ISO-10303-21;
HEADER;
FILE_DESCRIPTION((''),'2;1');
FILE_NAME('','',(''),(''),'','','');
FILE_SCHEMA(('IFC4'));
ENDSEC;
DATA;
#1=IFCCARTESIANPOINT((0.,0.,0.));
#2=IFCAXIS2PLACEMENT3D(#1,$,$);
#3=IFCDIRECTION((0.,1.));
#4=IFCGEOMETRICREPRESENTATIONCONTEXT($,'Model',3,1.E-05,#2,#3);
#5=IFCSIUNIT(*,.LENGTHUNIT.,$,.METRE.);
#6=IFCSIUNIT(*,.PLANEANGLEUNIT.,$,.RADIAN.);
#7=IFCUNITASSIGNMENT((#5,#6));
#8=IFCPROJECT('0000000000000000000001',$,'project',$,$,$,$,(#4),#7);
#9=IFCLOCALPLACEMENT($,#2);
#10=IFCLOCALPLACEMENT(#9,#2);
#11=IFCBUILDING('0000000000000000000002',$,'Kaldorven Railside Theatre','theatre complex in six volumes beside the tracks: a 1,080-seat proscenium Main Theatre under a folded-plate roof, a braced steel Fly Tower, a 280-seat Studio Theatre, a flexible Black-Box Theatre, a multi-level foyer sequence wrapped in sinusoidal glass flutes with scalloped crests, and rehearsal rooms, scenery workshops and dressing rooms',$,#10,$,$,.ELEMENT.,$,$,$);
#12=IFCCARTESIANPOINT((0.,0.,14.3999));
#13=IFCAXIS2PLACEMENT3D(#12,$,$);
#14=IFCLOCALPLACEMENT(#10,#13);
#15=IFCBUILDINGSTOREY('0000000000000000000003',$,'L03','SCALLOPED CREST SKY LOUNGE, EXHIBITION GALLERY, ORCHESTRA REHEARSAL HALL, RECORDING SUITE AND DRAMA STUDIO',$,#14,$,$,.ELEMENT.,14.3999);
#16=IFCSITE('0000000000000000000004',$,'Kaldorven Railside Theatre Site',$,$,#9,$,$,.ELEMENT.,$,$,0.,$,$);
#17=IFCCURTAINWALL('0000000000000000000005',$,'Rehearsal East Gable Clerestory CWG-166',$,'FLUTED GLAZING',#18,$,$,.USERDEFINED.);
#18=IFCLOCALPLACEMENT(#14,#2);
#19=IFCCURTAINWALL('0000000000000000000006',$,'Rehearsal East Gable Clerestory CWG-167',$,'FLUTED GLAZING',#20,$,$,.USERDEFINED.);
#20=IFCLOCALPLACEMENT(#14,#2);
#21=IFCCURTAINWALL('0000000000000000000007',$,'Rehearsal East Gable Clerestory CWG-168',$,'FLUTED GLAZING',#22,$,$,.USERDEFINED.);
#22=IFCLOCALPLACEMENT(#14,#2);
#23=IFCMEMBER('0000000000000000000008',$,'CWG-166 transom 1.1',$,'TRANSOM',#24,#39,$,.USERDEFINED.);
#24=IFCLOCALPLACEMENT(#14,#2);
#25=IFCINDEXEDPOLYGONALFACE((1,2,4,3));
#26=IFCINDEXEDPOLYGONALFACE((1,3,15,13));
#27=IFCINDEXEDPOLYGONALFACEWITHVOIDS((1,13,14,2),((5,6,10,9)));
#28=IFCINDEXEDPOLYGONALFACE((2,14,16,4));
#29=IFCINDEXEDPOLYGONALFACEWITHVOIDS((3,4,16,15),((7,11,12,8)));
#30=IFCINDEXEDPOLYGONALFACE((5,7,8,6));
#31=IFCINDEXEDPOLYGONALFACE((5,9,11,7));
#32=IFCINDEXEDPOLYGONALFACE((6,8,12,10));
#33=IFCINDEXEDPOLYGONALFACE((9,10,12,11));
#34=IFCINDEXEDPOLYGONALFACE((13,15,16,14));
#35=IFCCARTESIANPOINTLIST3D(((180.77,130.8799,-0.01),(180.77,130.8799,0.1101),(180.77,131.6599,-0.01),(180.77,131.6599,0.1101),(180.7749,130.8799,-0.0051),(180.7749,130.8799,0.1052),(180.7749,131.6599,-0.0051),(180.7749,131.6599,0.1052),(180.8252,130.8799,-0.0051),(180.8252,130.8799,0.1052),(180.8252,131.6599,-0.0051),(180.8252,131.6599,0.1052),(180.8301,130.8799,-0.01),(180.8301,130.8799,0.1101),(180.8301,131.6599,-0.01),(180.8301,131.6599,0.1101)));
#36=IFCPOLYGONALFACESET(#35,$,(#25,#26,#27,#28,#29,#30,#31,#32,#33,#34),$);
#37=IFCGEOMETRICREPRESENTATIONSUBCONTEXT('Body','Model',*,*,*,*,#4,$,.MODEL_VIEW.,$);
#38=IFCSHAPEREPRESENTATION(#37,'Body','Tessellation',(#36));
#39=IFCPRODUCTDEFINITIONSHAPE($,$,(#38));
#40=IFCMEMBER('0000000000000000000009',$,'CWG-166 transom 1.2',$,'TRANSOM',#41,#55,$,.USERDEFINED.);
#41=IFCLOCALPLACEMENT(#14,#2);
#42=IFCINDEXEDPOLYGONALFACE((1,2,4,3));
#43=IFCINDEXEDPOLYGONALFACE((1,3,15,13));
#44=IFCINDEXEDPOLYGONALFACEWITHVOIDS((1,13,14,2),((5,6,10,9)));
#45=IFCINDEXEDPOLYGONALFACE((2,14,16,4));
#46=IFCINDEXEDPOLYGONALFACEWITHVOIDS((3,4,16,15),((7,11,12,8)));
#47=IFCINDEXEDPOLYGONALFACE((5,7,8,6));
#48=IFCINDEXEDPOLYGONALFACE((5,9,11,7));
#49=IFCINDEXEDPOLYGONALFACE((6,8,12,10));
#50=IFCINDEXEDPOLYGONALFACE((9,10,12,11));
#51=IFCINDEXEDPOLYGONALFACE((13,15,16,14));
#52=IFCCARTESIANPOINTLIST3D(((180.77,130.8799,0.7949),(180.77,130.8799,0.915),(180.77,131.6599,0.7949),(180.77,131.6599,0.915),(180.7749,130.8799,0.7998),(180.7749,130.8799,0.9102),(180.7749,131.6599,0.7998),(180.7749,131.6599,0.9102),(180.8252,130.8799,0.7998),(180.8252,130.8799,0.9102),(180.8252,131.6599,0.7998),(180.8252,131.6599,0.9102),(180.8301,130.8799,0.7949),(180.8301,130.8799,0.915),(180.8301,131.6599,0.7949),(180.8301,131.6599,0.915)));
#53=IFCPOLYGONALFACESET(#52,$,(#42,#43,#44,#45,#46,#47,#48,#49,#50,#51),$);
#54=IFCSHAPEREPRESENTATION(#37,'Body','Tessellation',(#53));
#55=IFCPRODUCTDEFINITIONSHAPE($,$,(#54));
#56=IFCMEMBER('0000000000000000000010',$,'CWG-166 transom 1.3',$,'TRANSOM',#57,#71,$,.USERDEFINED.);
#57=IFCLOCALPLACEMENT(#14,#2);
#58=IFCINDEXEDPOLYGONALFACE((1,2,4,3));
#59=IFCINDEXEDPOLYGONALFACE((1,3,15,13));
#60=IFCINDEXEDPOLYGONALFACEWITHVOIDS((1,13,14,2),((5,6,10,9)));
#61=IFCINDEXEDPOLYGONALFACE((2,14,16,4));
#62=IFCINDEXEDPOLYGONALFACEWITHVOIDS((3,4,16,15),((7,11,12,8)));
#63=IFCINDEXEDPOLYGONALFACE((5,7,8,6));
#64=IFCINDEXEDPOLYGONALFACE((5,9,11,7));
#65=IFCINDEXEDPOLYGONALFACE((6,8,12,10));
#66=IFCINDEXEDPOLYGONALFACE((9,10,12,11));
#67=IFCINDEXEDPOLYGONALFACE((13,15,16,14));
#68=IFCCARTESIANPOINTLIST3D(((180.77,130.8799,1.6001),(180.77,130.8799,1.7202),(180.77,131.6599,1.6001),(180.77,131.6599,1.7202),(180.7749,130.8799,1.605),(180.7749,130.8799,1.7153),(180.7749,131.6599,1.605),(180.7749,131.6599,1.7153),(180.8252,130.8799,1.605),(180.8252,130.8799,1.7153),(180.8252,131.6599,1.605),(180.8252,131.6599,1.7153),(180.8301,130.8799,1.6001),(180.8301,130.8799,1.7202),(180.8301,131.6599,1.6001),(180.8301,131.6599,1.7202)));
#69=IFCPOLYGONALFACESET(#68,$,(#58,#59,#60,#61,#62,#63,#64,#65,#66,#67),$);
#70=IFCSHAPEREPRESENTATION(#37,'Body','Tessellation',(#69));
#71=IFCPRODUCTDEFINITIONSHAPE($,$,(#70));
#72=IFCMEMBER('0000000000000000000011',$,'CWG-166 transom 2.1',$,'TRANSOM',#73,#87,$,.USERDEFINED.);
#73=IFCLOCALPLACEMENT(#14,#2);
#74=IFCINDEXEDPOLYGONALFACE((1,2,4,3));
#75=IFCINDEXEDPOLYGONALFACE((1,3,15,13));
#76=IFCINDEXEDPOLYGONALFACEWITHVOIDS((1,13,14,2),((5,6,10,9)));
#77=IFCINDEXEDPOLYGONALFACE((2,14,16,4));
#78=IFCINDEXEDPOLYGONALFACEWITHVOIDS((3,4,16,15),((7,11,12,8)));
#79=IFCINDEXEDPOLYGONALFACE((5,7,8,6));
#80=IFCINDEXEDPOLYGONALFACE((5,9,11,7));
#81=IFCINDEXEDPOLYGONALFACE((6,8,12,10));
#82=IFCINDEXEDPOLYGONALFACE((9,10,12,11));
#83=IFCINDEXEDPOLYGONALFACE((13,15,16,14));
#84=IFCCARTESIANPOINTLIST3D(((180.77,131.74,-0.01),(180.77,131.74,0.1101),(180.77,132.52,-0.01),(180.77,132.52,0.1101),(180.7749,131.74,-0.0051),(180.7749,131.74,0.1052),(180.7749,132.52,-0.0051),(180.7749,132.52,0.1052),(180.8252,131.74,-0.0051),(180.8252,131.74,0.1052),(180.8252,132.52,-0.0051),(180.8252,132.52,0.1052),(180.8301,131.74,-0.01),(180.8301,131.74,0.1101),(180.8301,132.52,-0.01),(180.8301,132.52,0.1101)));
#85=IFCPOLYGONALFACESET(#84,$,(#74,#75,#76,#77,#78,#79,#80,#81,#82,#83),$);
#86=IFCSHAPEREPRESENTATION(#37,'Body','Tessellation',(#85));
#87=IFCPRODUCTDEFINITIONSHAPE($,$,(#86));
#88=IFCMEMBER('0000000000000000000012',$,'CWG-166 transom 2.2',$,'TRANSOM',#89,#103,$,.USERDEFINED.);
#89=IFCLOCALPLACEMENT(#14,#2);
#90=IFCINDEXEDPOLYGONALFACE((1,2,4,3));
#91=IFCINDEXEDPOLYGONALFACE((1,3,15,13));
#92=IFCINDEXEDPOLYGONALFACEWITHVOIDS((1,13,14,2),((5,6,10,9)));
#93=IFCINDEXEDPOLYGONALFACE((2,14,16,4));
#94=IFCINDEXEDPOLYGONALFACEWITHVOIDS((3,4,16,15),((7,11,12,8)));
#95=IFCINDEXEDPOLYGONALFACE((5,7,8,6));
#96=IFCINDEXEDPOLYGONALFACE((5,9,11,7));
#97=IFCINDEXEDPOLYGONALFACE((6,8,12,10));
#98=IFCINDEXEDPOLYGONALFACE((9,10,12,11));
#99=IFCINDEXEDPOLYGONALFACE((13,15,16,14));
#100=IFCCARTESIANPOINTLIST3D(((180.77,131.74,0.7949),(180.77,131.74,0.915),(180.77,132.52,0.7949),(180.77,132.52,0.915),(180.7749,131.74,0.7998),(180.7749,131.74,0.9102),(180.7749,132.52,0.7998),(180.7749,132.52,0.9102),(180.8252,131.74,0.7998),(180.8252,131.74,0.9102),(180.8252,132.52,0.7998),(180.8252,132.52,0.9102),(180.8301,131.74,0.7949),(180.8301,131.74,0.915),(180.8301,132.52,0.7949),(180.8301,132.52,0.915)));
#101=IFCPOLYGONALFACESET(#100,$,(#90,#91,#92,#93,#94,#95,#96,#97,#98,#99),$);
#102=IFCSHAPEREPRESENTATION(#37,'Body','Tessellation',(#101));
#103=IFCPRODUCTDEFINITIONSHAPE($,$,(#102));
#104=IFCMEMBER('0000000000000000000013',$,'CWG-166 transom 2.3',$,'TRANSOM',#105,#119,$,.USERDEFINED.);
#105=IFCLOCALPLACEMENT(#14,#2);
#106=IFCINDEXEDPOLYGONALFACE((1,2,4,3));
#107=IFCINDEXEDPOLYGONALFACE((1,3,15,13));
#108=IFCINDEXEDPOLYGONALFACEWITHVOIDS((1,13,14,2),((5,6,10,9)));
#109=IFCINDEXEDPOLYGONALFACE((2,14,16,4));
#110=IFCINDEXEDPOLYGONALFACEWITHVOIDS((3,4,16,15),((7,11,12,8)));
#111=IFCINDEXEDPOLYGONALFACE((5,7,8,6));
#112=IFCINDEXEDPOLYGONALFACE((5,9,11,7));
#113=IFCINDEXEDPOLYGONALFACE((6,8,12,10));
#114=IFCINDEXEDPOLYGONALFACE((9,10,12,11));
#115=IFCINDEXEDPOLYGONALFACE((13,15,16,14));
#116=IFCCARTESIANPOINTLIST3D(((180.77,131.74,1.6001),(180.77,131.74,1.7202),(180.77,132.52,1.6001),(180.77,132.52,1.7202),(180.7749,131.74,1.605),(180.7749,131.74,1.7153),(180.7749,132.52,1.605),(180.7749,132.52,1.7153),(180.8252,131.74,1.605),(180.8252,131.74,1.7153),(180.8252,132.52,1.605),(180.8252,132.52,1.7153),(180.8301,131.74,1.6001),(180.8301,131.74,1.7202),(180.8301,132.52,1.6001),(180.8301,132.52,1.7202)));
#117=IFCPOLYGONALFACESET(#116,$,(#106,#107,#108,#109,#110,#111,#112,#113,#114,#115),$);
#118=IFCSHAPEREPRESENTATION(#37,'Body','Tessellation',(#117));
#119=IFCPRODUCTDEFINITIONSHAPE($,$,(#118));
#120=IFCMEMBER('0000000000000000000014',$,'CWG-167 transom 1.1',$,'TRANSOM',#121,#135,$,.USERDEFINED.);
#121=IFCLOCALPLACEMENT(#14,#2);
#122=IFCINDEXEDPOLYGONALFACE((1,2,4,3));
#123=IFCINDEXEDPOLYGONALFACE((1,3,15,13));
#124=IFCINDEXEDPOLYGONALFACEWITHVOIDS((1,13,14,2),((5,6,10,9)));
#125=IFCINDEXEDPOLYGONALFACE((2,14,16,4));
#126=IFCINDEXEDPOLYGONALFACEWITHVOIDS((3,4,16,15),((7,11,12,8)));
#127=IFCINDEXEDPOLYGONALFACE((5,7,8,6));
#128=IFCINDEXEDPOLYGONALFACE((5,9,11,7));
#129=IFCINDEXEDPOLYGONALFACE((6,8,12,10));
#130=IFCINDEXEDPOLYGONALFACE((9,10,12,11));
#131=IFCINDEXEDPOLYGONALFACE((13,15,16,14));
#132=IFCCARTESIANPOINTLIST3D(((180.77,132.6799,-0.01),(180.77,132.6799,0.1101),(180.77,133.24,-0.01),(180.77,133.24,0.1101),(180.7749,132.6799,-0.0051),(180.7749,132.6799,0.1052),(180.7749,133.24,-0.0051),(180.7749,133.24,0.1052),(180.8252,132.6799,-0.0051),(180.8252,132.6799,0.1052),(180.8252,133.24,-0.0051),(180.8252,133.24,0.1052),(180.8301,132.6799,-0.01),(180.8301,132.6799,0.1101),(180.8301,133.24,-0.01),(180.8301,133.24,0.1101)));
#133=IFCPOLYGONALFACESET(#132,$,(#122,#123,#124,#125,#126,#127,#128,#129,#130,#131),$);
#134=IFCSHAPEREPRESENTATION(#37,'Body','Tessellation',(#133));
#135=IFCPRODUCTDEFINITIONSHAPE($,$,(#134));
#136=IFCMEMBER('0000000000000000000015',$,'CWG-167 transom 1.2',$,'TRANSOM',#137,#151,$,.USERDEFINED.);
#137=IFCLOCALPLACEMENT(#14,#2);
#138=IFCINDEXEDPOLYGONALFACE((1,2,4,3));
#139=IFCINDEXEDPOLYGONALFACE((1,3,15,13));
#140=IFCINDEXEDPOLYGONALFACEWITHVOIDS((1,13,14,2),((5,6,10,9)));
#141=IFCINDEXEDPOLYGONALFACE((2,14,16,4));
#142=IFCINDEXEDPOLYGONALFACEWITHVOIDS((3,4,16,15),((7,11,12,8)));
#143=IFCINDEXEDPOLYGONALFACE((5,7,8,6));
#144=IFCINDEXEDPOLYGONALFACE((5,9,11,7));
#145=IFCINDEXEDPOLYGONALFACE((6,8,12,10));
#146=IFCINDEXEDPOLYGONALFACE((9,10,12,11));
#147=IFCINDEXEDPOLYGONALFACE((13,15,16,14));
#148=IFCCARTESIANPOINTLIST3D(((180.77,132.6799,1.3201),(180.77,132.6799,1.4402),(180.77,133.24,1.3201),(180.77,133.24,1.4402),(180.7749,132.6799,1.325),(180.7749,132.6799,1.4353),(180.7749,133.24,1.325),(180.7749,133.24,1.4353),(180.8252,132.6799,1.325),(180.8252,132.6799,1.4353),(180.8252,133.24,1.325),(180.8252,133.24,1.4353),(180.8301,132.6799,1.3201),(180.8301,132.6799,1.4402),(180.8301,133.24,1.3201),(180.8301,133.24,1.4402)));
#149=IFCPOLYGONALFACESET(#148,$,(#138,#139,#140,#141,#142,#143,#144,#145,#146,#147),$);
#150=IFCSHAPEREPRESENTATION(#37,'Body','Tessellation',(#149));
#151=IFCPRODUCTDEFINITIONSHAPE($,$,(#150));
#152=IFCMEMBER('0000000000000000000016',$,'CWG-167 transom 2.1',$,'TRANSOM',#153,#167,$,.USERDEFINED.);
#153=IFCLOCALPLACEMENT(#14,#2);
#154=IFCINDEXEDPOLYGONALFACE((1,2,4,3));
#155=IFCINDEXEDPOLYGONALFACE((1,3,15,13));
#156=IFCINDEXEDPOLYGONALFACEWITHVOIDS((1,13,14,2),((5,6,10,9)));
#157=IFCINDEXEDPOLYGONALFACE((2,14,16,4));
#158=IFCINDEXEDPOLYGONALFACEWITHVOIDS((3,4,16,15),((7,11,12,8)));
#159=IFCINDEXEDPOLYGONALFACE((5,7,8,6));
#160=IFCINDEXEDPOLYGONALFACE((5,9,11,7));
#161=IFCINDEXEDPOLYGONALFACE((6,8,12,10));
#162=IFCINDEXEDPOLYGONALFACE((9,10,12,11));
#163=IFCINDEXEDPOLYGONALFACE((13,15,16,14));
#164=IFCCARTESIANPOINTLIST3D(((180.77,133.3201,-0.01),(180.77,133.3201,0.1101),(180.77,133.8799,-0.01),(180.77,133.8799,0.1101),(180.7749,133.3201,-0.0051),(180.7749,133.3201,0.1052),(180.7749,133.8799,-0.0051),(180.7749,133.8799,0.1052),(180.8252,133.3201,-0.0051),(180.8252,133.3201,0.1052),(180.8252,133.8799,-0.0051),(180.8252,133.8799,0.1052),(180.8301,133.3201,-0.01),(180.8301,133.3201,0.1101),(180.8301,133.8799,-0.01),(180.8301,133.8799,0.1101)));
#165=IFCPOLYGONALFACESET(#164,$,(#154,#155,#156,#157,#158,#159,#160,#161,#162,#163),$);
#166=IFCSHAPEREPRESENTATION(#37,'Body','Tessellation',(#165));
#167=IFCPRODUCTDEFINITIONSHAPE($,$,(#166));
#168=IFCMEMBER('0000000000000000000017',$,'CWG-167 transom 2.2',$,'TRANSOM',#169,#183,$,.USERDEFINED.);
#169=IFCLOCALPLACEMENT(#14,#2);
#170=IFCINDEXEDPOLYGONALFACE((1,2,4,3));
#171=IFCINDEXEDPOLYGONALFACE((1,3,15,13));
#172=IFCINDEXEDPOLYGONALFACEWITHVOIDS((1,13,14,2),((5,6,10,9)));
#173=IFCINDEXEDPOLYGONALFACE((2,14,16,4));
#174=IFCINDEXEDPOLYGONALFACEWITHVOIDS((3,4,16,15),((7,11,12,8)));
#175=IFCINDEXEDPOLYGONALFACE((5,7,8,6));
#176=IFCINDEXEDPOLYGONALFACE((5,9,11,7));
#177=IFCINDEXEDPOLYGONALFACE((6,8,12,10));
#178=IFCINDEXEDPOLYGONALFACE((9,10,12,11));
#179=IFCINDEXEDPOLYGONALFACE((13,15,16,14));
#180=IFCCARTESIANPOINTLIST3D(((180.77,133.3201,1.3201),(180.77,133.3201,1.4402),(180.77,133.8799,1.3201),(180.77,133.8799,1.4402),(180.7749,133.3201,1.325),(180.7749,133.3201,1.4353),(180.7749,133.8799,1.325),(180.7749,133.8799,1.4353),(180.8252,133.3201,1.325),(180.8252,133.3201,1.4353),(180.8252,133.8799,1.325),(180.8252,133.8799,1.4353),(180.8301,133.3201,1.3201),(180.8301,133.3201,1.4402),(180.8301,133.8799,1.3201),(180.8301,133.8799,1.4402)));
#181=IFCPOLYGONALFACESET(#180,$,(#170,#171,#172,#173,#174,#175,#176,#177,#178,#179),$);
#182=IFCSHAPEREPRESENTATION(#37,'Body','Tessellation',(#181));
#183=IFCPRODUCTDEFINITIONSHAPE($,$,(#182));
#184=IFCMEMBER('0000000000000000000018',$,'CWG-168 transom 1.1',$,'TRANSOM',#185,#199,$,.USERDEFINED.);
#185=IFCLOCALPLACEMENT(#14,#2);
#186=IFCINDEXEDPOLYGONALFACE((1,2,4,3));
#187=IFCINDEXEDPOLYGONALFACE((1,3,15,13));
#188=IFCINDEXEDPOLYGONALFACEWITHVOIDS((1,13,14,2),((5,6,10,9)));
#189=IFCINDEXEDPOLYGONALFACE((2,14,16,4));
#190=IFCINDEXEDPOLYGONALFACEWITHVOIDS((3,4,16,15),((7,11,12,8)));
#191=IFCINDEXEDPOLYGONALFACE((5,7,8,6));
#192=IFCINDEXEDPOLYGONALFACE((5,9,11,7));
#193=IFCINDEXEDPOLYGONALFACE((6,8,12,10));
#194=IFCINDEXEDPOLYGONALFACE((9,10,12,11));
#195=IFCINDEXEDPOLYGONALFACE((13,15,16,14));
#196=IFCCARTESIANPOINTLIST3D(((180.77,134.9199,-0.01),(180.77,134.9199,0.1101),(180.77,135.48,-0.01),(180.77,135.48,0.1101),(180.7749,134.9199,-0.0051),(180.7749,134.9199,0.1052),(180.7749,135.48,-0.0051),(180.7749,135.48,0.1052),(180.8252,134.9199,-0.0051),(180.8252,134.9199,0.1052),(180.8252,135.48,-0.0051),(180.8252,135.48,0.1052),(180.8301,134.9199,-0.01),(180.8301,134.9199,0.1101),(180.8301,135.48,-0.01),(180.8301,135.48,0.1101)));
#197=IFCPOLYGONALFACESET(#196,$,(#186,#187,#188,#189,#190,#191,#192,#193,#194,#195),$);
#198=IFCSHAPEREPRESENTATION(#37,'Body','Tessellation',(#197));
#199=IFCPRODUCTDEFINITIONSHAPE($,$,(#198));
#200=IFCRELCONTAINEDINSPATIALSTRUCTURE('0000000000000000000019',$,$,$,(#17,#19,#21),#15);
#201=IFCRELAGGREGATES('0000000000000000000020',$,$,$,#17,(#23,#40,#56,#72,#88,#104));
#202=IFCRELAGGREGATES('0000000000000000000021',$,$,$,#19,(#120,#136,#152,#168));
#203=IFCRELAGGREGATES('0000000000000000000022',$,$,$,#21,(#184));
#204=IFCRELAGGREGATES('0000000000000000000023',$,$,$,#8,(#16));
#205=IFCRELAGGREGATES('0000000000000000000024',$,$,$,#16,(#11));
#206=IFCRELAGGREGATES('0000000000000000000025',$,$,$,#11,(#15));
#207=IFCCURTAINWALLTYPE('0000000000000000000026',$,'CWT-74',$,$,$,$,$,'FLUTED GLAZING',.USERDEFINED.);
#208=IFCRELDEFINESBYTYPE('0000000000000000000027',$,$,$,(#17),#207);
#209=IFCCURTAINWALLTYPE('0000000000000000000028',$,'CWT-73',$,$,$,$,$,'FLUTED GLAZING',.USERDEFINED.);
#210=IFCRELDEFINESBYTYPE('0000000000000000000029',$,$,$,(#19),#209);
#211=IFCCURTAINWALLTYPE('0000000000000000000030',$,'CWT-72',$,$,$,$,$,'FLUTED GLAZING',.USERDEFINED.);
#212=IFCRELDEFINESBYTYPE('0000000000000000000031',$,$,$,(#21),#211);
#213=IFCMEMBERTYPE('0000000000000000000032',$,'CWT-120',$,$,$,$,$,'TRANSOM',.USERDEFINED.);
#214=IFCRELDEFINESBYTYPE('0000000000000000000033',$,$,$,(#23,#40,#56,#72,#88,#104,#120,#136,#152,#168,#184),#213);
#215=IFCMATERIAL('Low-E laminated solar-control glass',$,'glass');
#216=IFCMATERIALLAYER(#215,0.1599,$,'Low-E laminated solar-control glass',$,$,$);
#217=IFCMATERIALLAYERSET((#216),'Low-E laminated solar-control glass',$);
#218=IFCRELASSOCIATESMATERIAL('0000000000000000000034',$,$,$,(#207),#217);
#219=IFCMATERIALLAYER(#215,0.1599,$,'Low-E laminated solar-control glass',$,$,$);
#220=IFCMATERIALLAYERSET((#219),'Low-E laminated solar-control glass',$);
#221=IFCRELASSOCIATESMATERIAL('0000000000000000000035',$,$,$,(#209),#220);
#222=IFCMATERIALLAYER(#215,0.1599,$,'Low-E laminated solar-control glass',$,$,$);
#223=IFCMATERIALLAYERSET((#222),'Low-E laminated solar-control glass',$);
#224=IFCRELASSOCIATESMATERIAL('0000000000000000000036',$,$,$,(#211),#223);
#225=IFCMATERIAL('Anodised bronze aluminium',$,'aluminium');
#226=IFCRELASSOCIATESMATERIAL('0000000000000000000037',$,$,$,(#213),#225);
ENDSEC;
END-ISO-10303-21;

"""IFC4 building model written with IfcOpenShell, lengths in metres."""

from ifc_helpers import new_model, si_unit, direction, frame, origin, origin_2d, place, context, subcontext, project, spatial, hollow_rectangle, extrude, material, layer, layer_set, material_profile, profile_set, type_object, element, aggregate, save


model = new_model("IFC4")

# Units and contexts
model_context = context("Model", 3, precision=1e-05, world=origin(), true_north=direction((0.0, 1.0)))
body_context = subcontext(model_context, "Body", "Model", "MODEL_VIEW")
ifc_project = project(units=[si_unit("LENGTHUNIT", "METRE"), si_unit("PLANEANGLEUNIT", "RADIAN")], contexts=[model_context])

# Site, building, storey
site_placement = place(None, origin())
site = spatial("IfcSite", under=ifc_project, at=site_placement, Name="Kaldorven Railside Theatre Site", CompositionType="ELEMENT", RefElevation=0.0)
building_placement = place(site_placement, origin())
building = spatial("IfcBuilding", under=site, at=building_placement, Name="Kaldorven Railside Theatre", Description="theatre complex in six volumes beside the tracks: a 1,080-seat proscenium Main Theatre under a folded-plate roof, a braced steel Fly Tower, a 280-seat Studio Theatre, a flexible Black-Box Theatre, a multi-level foyer sequence wrapped in sinusoidal glass flutes with scalloped crests, and rehearsal rooms, scenery workshops and dressing rooms", CompositionType="ELEMENT")
storey_placement = place(building_placement, frame((0.0, 0.0, 14.3999)))
storey = spatial("IfcBuildingStorey", under=building, at=storey_placement, Name="L03", Description="SCALLOPED CREST SKY LOUNGE, EXHIBITION GALLERY, ORCHESTRA REHEARSAL HALL, RECORDING SUITE AND DRAMA STUDIO", CompositionType="ELEMENT", Elevation=14.3999)

# Curtain walls
ifc_material_1 = material(Name="Low-E laminated solar-control glass", Category="glass")
ifc_layer_1 = layer(ifc_material_1, 0.1599, Name="Low-E laminated solar-control glass")
ifc_layer_set_1 = layer_set([ifc_layer_1], Name="Low-E laminated solar-control glass")
curtain_wall_type_1 = type_object("IfcCurtainWallType", Name="CWT-74", ElementType="FLUTED GLAZING", PredefinedType="USERDEFINED", material=ifc_layer_set_1)
curtain_wall_1_placement = place(storey_placement, origin())
curtain_wall_1 = element("IfcCurtainWall", 1, at=curtain_wall_1_placement, inside=storey, type_object=curtain_wall_type_1, Name="Rehearsal East Gable Clerestory CWG-166", ObjectType="FLUTED GLAZING", PredefinedType="USERDEFINED")
ifc_material_2 = material(Name="Anodised bronze aluminium", Category="aluminium")
ifc_layer_2 = layer(ifc_material_1, 0.1599, Name="Low-E laminated solar-control glass")
ifc_layer_set_2 = layer_set([ifc_layer_2], Name="Low-E laminated solar-control glass")
curtain_wall_type_2 = type_object("IfcCurtainWallType", Name="CWT-73", ElementType="FLUTED GLAZING", PredefinedType="USERDEFINED", material=ifc_layer_set_2)
curtain_wall_2_placement = place(storey_placement, origin())
curtain_wall_2 = element("IfcCurtainWall", 2, at=curtain_wall_2_placement, inside=storey, type_object=curtain_wall_type_2, Name="Rehearsal East Gable Clerestory CWG-167", ObjectType="FLUTED GLAZING", PredefinedType="USERDEFINED")
ifc_layer_3 = layer(ifc_material_1, 0.1599, Name="Low-E laminated solar-control glass")
ifc_layer_set_3 = layer_set([ifc_layer_3], Name="Low-E laminated solar-control glass")
curtain_wall_type_3 = type_object("IfcCurtainWallType", Name="CWT-72", ElementType="FLUTED GLAZING", PredefinedType="USERDEFINED", material=ifc_layer_set_3)
curtain_wall_3_placement = place(storey_placement, origin())
curtain_wall_3 = element("IfcCurtainWall", 3, at=curtain_wall_3_placement, inside=storey, type_object=curtain_wall_type_3, Name="Rehearsal East Gable Clerestory CWG-168", ObjectType="FLUTED GLAZING", PredefinedType="USERDEFINED")

# Members
ifc_material_profile_1 = material_profile(ifc_material_2, hollow_rectangle(XDim=0.0601, YDim=0.1201, WallThickness=0.0049, at=origin_2d()), Name="RHS 120x60x5")
ifc_profile_set_1 = profile_set([ifc_material_profile_1], Name="Anodised bronze aluminium")
member_type_1 = type_object("IfcMemberType", Name="CWT-120", ElementType="TRANSOM", PredefinedType="USERDEFINED", material=ifc_profile_set_1)
member_1_placement = place(storey_placement, frame((180.8, 130.8799, 0.05), z_axis=(0.0, 1.0, 0.0), x_axis=(-1.0, 0.0, 0.0)))
member_1 = element("IfcMember", 4, at=member_1_placement, type_object=member_type_1, Name="CWG-166 transom 1.1", ObjectType="TRANSOM", PredefinedType="USERDEFINED", context=body_context, shape_type="SweptSolid", body=[
    extrude(hollow_rectangle(XDim=0.0601, YDim=0.1201, WallThickness=0.0049, at=origin_2d()), origin(), (0.0, 0.0, 1.0), 0.78),
])
member_2_placement = place(storey_placement, frame((180.8, 130.8799, 0.855), z_axis=(0.0, 1.0, 0.0), x_axis=(-1.0, 0.0, 0.0)))
member_2 = element("IfcMember", 5, at=member_2_placement, type_object=member_type_1, Name="CWG-166 transom 1.2", ObjectType="TRANSOM", PredefinedType="USERDEFINED", context=body_context, shape_type="SweptSolid", body=[
    extrude(hollow_rectangle(XDim=0.0601, YDim=0.1201, WallThickness=0.0049, at=origin_2d()), origin(), (0.0, 0.0, 1.0), 0.78),
])
member_3_placement = place(storey_placement, frame((180.8, 130.8799, 1.6602), z_axis=(0.0, 1.0, 0.0), x_axis=(-1.0, 0.0, 0.0)))
member_3 = element("IfcMember", 6, at=member_3_placement, type_object=member_type_1, Name="CWG-166 transom 1.3", ObjectType="TRANSOM", PredefinedType="USERDEFINED", context=body_context, shape_type="SweptSolid", body=[
    extrude(hollow_rectangle(XDim=0.0601, YDim=0.1201, WallThickness=0.0049, at=origin_2d()), origin(), (0.0, 0.0, 1.0), 0.78),
])
member_4_placement = place(storey_placement, frame((180.8, 131.74, 0.05), z_axis=(0.0, 1.0, 0.0), x_axis=(-1.0, 0.0, 0.0)))
member_4 = element("IfcMember", 7, at=member_4_placement, type_object=member_type_1, Name="CWG-166 transom 2.1", ObjectType="TRANSOM", PredefinedType="USERDEFINED", context=body_context, shape_type="SweptSolid", body=[
    extrude(hollow_rectangle(XDim=0.0601, YDim=0.1201, WallThickness=0.0049, at=origin_2d()), origin(), (0.0, 0.0, 1.0), 0.78),
])
member_5_placement = place(storey_placement, frame((180.8, 131.74, 0.855), z_axis=(0.0, 1.0, 0.0), x_axis=(-1.0, 0.0, 0.0)))
member_5 = element("IfcMember", 8, at=member_5_placement, type_object=member_type_1, Name="CWG-166 transom 2.2", ObjectType="TRANSOM", PredefinedType="USERDEFINED", context=body_context, shape_type="SweptSolid", body=[
    extrude(hollow_rectangle(XDim=0.0601, YDim=0.1201, WallThickness=0.0049, at=origin_2d()), origin(), (0.0, 0.0, 1.0), 0.78),
])
member_6_placement = place(storey_placement, frame((180.8, 131.74, 1.6602), z_axis=(0.0, 1.0, 0.0), x_axis=(-1.0, 0.0, 0.0)))
member_6 = element("IfcMember", 9, at=member_6_placement, type_object=member_type_1, Name="CWG-166 transom 2.3", ObjectType="TRANSOM", PredefinedType="USERDEFINED", context=body_context, shape_type="SweptSolid", body=[
    extrude(hollow_rectangle(XDim=0.0601, YDim=0.1201, WallThickness=0.0049, at=origin_2d()), origin(), (0.0, 0.0, 1.0), 0.78),
])
member_7_placement = place(storey_placement, frame((180.8, 132.6799, 0.05), z_axis=(0.0, 1.0, 0.0), x_axis=(-1.0, 0.0, 0.0)))
member_7 = element("IfcMember", 10, at=member_7_placement, type_object=member_type_1, Name="CWG-167 transom 1.1", ObjectType="TRANSOM", PredefinedType="USERDEFINED", context=body_context, shape_type="SweptSolid", body=[
    extrude(hollow_rectangle(XDim=0.0601, YDim=0.1201, WallThickness=0.0049, at=origin_2d()), origin(), (0.0, 0.0, 1.0), 0.5601),
])
member_8_placement = place(storey_placement, frame((180.8, 132.6799, 1.3801), z_axis=(0.0, 1.0, 0.0), x_axis=(-1.0, 0.0, 0.0)))
member_8 = element("IfcMember", 11, at=member_8_placement, type_object=member_type_1, Name="CWG-167 transom 1.2", ObjectType="TRANSOM", PredefinedType="USERDEFINED", context=body_context, shape_type="SweptSolid", body=[
    extrude(hollow_rectangle(XDim=0.0601, YDim=0.1201, WallThickness=0.0049, at=origin_2d()), origin(), (0.0, 0.0, 1.0), 0.5601),
])
member_9_placement = place(storey_placement, frame((180.8, 133.3201, 0.05), z_axis=(0.0, 1.0, 0.0), x_axis=(-1.0, 0.0, 0.0)))
member_9 = element("IfcMember", 12, at=member_9_placement, type_object=member_type_1, Name="CWG-167 transom 2.1", ObjectType="TRANSOM", PredefinedType="USERDEFINED", context=body_context, shape_type="SweptSolid", body=[
    extrude(hollow_rectangle(XDim=0.0601, YDim=0.1201, WallThickness=0.0049, at=origin_2d()), origin(), (0.0, 0.0, 1.0), 0.5598),
])
member_10_placement = place(storey_placement, frame((180.8, 133.3201, 1.3801), z_axis=(0.0, 1.0, 0.0), x_axis=(-1.0, 0.0, 0.0)))
member_10 = element("IfcMember", 13, at=member_10_placement, type_object=member_type_1, Name="CWG-167 transom 2.2", ObjectType="TRANSOM", PredefinedType="USERDEFINED", context=body_context, shape_type="SweptSolid", body=[
    extrude(hollow_rectangle(XDim=0.0601, YDim=0.1201, WallThickness=0.0049, at=origin_2d()), origin(), (0.0, 0.0, 1.0), 0.5598),
])
member_11_placement = place(storey_placement, frame((180.8, 134.9199, 0.05), z_axis=(0.0, 1.0, 0.0), x_axis=(-1.0, 0.0, 0.0)))
member_11 = element("IfcMember", 14, at=member_11_placement, type_object=member_type_1, Name="CWG-168 transom 1.1", ObjectType="TRANSOM", PredefinedType="USERDEFINED", context=body_context, shape_type="SweptSolid", body=[
    extrude(hollow_rectangle(XDim=0.0601, YDim=0.1201, WallThickness=0.0049, at=origin_2d()), origin(), (0.0, 0.0, 1.0), 0.5601),
])

aggregate(curtain_wall_1, [member_1, member_2, member_3, member_4, member_5, member_6])
aggregate(curtain_wall_2, [member_7, member_8, member_9, member_10])
aggregate(curtain_wall_3, [member_11])

save(model, "model.ifc")
